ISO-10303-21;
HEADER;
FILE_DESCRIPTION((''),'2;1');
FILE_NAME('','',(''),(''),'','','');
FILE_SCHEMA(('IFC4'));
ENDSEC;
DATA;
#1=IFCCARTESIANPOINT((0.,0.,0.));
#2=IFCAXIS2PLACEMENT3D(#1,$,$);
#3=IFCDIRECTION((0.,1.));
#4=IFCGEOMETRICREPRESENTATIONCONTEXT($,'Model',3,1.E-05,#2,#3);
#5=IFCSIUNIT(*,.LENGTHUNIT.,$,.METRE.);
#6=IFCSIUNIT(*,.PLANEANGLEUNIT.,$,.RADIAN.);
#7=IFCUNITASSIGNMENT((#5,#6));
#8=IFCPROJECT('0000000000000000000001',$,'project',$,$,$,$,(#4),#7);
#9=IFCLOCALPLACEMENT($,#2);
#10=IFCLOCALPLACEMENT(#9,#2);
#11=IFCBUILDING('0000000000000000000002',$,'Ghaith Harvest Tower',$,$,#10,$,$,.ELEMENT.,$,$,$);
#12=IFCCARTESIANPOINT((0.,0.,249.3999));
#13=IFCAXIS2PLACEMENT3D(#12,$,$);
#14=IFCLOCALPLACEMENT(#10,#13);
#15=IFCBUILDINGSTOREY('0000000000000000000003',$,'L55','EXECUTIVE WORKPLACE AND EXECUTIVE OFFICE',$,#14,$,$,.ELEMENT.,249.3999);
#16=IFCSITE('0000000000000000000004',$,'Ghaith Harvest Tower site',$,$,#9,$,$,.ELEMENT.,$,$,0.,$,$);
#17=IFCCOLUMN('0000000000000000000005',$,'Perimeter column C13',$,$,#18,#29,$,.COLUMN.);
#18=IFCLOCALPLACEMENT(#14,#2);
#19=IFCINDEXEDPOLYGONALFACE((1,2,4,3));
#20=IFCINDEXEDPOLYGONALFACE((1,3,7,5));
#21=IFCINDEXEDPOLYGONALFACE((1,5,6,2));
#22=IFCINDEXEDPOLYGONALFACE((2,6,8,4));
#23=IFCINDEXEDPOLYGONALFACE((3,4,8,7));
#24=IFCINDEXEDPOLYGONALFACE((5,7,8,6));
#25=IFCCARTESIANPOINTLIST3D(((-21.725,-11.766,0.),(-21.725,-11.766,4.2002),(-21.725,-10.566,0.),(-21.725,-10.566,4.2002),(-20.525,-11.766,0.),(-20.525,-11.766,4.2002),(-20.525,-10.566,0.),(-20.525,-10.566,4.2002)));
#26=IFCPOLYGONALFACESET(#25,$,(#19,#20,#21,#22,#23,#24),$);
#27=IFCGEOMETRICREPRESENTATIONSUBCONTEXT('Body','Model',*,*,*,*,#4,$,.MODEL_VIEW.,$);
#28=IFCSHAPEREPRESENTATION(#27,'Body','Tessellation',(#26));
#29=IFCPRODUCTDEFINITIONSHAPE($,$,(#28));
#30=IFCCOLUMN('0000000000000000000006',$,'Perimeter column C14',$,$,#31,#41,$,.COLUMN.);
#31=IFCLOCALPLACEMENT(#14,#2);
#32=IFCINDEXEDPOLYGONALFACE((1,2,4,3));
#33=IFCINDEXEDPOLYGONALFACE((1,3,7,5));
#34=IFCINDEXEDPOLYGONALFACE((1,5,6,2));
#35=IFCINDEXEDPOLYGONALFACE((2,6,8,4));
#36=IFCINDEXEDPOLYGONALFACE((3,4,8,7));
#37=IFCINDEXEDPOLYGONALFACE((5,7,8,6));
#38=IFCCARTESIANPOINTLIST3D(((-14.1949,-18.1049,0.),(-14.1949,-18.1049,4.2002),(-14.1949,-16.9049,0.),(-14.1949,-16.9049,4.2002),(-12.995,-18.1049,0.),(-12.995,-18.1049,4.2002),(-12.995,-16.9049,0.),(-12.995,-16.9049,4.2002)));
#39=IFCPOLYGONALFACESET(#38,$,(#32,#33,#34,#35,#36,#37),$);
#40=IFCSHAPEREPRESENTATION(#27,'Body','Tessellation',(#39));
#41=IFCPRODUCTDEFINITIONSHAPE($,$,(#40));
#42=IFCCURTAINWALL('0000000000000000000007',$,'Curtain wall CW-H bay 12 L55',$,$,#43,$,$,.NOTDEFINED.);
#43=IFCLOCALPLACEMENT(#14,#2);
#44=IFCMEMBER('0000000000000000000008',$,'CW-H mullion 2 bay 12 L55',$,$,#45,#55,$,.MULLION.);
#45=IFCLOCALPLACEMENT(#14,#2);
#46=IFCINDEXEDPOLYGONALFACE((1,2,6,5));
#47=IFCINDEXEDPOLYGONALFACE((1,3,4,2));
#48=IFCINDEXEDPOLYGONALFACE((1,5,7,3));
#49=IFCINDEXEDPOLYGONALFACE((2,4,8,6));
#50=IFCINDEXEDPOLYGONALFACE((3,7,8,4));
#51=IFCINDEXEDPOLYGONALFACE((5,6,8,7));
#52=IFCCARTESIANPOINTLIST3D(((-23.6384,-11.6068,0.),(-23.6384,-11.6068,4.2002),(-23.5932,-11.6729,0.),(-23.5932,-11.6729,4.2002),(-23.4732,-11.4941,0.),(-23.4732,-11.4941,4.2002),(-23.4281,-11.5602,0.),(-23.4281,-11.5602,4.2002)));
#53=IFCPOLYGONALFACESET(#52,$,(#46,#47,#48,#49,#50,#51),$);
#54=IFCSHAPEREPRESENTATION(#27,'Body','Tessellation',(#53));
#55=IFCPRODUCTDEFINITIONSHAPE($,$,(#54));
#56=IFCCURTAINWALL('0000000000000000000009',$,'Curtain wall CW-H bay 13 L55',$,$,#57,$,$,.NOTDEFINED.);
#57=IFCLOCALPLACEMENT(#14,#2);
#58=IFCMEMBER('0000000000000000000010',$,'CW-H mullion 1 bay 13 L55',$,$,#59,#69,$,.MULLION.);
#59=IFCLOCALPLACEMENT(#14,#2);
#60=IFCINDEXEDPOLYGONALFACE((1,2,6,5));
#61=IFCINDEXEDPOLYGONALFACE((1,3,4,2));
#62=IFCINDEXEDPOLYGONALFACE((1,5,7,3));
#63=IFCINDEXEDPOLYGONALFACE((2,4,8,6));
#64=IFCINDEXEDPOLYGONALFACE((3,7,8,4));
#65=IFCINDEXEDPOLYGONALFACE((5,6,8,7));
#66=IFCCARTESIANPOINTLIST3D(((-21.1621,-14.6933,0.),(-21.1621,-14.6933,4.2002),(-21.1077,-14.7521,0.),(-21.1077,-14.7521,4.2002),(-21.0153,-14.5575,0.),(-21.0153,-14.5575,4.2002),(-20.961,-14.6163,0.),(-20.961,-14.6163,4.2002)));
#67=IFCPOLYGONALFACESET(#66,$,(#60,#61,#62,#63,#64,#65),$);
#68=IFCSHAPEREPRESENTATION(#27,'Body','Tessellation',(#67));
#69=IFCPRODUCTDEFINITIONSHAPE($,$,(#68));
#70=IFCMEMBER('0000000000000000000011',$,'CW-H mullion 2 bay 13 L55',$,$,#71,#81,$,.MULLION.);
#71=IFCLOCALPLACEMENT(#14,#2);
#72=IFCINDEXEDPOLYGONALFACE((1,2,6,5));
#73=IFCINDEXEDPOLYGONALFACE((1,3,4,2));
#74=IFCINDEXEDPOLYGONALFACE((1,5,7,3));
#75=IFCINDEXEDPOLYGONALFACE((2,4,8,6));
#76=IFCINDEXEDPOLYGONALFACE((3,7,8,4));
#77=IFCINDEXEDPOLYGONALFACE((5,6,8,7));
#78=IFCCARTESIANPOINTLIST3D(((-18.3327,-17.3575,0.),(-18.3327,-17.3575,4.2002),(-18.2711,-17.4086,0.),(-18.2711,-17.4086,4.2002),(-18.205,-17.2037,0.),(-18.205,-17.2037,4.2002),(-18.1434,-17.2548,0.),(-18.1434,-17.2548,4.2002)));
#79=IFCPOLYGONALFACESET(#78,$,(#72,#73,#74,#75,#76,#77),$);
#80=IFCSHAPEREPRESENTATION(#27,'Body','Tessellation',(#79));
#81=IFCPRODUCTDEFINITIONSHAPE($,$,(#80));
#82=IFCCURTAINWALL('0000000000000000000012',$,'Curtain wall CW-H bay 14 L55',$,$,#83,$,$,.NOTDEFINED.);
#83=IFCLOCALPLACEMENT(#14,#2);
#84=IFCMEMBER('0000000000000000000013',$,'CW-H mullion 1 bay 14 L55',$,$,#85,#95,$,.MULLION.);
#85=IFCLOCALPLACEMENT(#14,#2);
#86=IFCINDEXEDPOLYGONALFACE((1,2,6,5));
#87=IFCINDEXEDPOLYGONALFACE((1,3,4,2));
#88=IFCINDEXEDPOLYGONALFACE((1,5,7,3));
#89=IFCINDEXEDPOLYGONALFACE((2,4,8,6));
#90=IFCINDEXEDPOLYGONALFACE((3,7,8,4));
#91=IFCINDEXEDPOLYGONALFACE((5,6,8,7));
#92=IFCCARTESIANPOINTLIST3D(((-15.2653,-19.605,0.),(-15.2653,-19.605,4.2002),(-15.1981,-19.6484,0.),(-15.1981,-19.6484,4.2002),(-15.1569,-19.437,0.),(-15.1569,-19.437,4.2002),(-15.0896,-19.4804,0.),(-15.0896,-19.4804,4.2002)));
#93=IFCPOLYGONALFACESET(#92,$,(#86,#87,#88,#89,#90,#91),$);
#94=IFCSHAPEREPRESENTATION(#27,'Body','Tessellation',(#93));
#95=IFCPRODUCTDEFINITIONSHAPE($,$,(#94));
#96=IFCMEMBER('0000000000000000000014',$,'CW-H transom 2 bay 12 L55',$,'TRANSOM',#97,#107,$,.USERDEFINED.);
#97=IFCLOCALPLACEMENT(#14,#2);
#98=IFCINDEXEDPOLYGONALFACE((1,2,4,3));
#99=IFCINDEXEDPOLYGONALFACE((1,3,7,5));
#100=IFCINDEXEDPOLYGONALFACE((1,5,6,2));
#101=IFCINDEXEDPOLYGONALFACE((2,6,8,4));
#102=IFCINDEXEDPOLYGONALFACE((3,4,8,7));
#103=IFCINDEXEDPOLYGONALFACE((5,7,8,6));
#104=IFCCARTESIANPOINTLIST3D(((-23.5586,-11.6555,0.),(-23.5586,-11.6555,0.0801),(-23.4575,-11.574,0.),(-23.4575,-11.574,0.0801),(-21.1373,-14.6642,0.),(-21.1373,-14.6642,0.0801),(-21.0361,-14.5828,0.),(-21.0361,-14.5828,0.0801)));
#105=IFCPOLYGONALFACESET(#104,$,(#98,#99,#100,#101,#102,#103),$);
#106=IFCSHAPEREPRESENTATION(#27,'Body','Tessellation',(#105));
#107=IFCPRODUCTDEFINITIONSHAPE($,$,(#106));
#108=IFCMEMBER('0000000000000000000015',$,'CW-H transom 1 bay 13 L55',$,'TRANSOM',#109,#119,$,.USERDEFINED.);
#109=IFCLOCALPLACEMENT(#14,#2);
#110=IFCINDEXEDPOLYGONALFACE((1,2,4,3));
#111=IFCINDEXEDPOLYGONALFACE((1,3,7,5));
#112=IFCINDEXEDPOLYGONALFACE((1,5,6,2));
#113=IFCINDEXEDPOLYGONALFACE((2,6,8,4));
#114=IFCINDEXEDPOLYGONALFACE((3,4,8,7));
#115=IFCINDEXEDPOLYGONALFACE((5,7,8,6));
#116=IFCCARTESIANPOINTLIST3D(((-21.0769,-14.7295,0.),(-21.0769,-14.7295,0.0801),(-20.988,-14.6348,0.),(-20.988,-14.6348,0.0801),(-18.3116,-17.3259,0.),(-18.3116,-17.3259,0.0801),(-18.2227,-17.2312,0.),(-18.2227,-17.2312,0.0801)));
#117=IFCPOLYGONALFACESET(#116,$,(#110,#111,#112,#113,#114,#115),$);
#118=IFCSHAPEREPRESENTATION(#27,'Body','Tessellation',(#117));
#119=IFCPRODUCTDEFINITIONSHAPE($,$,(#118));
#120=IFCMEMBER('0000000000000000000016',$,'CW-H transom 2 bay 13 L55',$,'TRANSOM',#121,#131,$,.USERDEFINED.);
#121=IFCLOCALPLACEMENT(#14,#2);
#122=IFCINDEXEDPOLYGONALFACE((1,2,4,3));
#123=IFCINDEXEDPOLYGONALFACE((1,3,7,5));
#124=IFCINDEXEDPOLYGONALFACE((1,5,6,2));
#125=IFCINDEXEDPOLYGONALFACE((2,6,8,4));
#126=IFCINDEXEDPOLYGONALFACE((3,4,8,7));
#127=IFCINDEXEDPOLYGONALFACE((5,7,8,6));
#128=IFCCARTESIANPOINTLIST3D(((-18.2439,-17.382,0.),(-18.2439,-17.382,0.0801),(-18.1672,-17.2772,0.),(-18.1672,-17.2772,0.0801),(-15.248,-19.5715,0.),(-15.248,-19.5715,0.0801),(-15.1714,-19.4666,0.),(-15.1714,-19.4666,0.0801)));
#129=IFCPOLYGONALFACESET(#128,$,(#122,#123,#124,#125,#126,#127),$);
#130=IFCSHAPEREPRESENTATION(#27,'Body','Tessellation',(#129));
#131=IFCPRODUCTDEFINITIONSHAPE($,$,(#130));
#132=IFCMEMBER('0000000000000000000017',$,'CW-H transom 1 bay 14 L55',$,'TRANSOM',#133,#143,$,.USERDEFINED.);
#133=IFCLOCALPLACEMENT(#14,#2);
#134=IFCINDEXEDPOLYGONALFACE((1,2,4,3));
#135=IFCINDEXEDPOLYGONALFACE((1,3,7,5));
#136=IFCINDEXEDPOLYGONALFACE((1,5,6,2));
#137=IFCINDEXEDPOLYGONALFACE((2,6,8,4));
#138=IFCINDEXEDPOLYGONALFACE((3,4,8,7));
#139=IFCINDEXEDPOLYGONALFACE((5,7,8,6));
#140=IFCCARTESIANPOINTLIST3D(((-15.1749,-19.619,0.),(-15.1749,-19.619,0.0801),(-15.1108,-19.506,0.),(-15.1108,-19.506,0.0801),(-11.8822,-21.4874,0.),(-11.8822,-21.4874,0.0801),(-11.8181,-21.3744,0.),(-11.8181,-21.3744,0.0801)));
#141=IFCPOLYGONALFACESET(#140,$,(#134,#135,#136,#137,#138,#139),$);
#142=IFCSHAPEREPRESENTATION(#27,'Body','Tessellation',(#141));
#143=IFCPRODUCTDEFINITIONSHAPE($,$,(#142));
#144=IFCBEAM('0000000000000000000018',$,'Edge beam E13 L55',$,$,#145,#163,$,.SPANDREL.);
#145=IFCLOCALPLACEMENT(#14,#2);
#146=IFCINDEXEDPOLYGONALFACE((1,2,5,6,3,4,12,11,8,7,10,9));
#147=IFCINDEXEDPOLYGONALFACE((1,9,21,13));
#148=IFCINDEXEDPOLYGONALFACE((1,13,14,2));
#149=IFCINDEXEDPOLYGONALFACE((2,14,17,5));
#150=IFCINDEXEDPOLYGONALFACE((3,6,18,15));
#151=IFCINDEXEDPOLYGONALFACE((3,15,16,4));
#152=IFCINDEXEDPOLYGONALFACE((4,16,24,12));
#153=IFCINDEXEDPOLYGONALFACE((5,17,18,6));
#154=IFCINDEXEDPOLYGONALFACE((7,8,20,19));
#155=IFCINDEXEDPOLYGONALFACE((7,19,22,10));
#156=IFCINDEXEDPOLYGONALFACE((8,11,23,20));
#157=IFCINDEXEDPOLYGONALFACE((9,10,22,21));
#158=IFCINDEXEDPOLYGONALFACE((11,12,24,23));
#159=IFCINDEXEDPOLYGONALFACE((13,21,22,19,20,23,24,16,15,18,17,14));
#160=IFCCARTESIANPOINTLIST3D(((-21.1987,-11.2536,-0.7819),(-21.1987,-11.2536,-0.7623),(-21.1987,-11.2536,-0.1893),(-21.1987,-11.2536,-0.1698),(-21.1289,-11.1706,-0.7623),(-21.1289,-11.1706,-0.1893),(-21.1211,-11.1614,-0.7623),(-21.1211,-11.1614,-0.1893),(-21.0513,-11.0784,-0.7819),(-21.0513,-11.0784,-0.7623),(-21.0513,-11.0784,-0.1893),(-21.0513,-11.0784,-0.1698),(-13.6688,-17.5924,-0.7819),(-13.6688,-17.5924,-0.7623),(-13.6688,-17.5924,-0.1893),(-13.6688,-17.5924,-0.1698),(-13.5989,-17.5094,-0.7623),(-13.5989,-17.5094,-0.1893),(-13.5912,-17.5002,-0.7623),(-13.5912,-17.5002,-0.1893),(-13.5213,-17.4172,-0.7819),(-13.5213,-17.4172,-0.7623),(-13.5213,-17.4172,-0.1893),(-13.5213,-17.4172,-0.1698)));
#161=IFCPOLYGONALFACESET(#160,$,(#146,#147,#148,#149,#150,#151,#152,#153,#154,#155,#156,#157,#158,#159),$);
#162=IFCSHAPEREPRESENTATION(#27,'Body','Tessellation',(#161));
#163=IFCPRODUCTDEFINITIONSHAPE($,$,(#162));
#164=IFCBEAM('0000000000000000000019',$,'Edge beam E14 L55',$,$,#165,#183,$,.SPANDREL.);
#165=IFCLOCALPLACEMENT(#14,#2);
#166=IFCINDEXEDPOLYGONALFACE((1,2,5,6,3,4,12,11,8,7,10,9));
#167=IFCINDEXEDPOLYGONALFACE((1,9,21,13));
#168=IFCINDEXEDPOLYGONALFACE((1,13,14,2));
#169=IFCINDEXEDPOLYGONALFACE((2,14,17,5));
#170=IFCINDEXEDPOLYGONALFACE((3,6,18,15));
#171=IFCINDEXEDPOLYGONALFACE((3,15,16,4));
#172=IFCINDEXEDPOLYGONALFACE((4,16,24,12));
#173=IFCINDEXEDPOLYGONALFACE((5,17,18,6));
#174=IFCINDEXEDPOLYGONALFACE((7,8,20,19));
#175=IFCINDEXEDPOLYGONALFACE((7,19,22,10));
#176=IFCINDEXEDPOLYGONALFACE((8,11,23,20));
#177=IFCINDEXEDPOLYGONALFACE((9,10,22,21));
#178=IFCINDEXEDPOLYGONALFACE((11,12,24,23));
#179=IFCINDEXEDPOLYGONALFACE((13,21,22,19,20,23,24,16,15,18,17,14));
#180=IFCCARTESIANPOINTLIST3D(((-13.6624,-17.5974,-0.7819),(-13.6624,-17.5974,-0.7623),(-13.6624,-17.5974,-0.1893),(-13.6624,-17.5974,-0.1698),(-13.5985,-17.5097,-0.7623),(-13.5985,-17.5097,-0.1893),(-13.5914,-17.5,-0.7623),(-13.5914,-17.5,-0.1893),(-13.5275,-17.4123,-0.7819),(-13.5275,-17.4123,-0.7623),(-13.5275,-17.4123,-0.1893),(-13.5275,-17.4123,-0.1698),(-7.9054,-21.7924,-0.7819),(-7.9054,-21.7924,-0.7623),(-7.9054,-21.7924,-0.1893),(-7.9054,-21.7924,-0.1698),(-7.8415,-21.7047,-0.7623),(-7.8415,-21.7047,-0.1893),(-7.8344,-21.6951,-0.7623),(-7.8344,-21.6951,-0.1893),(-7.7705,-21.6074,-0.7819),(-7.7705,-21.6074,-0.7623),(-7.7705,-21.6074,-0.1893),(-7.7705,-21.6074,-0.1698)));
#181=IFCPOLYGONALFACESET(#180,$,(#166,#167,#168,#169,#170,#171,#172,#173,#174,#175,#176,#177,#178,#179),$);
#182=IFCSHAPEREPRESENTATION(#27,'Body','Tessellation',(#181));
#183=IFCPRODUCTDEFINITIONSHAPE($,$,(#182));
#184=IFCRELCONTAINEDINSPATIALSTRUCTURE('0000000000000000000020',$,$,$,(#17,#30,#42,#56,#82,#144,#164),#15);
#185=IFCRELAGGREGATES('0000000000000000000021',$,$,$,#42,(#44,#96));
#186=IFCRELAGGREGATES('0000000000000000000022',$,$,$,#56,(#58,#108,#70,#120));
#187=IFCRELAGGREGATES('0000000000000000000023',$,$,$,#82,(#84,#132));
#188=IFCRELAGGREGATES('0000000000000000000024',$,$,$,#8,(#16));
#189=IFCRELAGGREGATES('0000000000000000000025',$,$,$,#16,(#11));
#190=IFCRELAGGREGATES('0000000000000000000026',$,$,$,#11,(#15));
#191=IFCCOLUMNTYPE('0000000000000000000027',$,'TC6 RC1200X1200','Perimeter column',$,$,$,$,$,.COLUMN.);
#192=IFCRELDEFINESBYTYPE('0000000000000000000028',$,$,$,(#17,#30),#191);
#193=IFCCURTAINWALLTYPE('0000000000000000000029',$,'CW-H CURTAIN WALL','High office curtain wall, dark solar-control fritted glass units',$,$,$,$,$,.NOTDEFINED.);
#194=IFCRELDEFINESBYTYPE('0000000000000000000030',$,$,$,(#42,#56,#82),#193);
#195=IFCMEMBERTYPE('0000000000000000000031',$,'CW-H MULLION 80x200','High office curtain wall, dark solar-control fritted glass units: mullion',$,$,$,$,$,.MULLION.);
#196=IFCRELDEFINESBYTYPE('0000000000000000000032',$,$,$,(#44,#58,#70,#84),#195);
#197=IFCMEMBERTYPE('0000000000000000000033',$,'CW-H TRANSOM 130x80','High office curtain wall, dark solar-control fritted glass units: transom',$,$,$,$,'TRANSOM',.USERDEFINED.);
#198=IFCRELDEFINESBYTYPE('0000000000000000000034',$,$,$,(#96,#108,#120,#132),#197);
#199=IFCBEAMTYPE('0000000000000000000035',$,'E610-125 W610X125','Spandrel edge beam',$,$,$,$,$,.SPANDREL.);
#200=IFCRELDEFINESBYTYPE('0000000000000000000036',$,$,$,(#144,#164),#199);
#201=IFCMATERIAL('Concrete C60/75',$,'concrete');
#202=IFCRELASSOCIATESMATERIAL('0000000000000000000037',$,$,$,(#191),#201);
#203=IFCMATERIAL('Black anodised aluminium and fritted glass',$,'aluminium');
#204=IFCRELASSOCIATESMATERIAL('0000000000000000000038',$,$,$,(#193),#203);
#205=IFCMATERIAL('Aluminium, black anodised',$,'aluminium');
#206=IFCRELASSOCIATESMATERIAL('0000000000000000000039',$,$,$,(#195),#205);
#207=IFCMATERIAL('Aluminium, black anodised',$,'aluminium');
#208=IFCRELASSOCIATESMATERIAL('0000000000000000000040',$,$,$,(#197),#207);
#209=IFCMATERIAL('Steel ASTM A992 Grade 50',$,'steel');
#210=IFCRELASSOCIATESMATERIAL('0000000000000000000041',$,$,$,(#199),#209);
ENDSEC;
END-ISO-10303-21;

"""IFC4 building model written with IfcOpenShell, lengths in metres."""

from ifc_helpers import new_model, si_unit, direction, frame, origin, origin_2d, place, context, subcontext, project, spatial, rectangle, i_section, extrude, material, material_profile, profile_set, type_object, element, aggregate, save


model = new_model("IFC4")

# Units and contexts
model_context = context("Model", 3, precision=1e-05, world=origin(), true_north=direction((0.0, 1.0)))
body_context = subcontext(model_context, "Body", "Model", "MODEL_VIEW")
ifc_project = project(units=[si_unit("LENGTHUNIT", "METRE"), si_unit("PLANEANGLEUNIT", "RADIAN")], contexts=[model_context])

# Site, building, storey
site_placement = place(None, origin())
site = spatial("IfcSite", under=ifc_project, at=site_placement, Name="Ghaith Harvest Tower site", CompositionType="ELEMENT", RefElevation=0.0)
building_placement = place(site_placement, origin())
building = spatial("IfcBuilding", under=site, at=building_placement, Name="Ghaith Harvest Tower", CompositionType="ELEMENT")
storey_placement = place(building_placement, frame((0.0, 0.0, 249.3999)))
storey = spatial("IfcBuildingStorey", under=building, at=storey_placement, Name="L55", Description="EXECUTIVE WORKPLACE AND EXECUTIVE OFFICE", CompositionType="ELEMENT", Elevation=249.3999)

# Columns
ifc_material_1 = material(Name="Concrete C60/75", Category="concrete")
ifc_material_profile_1 = material_profile(ifc_material_1, rectangle(XDim=1.2, YDim=1.2, at=origin_2d()), Name="RC1200X1200")
ifc_profile_set_1 = profile_set([ifc_material_profile_1], Name="Concrete C60/75")
column_type = type_object("IfcColumnType", Name="TC6 RC1200X1200", Description="Perimeter column", PredefinedType="COLUMN", material=ifc_profile_set_1)
for number, where, z_axis, x_axis, name in (
    (1, (-21.125, -11.166, 0.0), (0.0, 0.0, 1.0), (1.0, 0.0, 0.0), "Perimeter column C13"),
    (2, (-13.595, -17.5049, 0.0), (0.0, 0.0, 1.0), (1.0, 0.0, 0.0), "Perimeter column C14"),
):
    element("IfcColumn", number, at=place(storey_placement, frame(where, z_axis=z_axis, x_axis=x_axis)), inside=storey, type_object=column_type, Name=name, PredefinedType="COLUMN", context=body_context, shape_type="SweptSolid", body=[
        extrude(rectangle(XDim=1.2, YDim=1.2, at=origin_2d()), origin(), (0.0, 0.0, 1.0), 4.2002),
    ])

# Curtain wall, member
ifc_material_2 = material(Name="Black anodised aluminium and fritted glass", Category="aluminium")
curtain_wall_type = type_object("IfcCurtainWallType", Name="CW-H CURTAIN WALL", Description="High office curtain wall, dark solar-control fritted glass units", PredefinedType="NOTDEFINED", material=ifc_material_2)
curtain_wall_1_placement = place(storey_placement, origin())
curtain_wall_1 = element("IfcCurtainWall", 3, at=curtain_wall_1_placement, inside=storey, type_object=curtain_wall_type, Name="Curtain wall CW-H bay 12 L55", PredefinedType="NOTDEFINED")
ifc_material_3 = material(Name="Aluminium, black anodised", Category="aluminium")
ifc_material_profile_2 = material_profile(ifc_material_3, rectangle(XDim=0.0801, YDim=0.2, at=origin_2d()), Name="CW-H MULLION 80x200")
ifc_profile_set_2 = profile_set([ifc_material_profile_2], Name="Aluminium, black anodised")
member_type_1 = type_object("IfcMemberType", Name="CW-H MULLION 80x200", Description="High office curtain wall, dark solar-control fritted glass units: mullion", PredefinedType="MULLION", material=ifc_profile_set_2)
member_1_placement = place(storey_placement, frame((-23.5332, -11.5835, 0.0), z_axis=(0.0, 0.0, 1.0), x_axis=(0.563617, -0.826037, 0.0)))
member_1 = element("IfcMember", 4, at=member_1_placement, type_object=member_type_1, Name="CW-H mullion 2 bay 12 L55", PredefinedType="MULLION", context=body_context, shape_type="SweptSolid", body=[
    extrude(rectangle(XDim=0.0801, YDim=0.2, at=origin_2d()), origin(), (0.0, 0.0, 1.0), 4.2002),
])

# Curtain wall, members
curtain_wall_2_placement = place(storey_placement, origin())
curtain_wall_2 = element("IfcCurtainWall", 5, at=curtain_wall_2_placement, inside=storey, type_object=curtain_wall_type, Name="Curtain wall CW-H bay 13 L55", PredefinedType="NOTDEFINED")
member_2_placement = place(storey_placement, frame((-21.0615, -14.6548, 0.0), z_axis=(0.0, 0.0, 1.0), x_axis=(0.679182, -0.73397, 0.0)))
member_2 = element("IfcMember", 6, at=member_2_placement, type_object=member_type_1, Name="CW-H mullion 1 bay 13 L55", PredefinedType="MULLION", context=body_context, shape_type="SweptSolid", body=[
    extrude(rectangle(XDim=0.0801, YDim=0.2, at=origin_2d()), origin(), (0.0, 0.0, 1.0), 4.2002),
])
member_3_placement = place(storey_placement, frame((-18.238, -17.3062, 0.0), z_axis=(0.0, 0.0, 1.0), x_axis=(0.769217, -0.638988, 0.0)))
member_3 = element("IfcMember", 7, at=member_3_placement, type_object=member_type_1, Name="CW-H mullion 2 bay 13 L55", PredefinedType="MULLION", context=body_context, shape_type="SweptSolid", body=[
    extrude(rectangle(XDim=0.0801, YDim=0.2, at=origin_2d()), origin(), (0.0, 0.0, 1.0), 4.2002),
])

# Curtain wall, member
curtain_wall_3_placement = place(storey_placement, origin())
curtain_wall_3 = element("IfcCurtainWall", 8, at=curtain_wall_3_placement, inside=storey, type_object=curtain_wall_type, Name="Curtain wall CW-H bay 14 L55", PredefinedType="NOTDEFINED")
member_4_placement = place(storey_placement, frame((-15.1775, -19.5427, 0.0), z_axis=(0.0, 0.0, 1.0), x_axis=(0.840234, -0.542225, 0.0)))
member_4 = element("IfcMember", 9, at=member_4_placement, type_object=member_type_1, Name="CW-H mullion 1 bay 14 L55", PredefinedType="MULLION", context=body_context, shape_type="SweptSolid", body=[
    extrude(rectangle(XDim=0.0801, YDim=0.2, at=origin_2d()), origin(), (0.0, 0.0, 1.0), 4.2002),
])

# Members
ifc_material_4 = material(Name="Aluminium, black anodised", Category="aluminium")
ifc_material_profile_3 = material_profile(ifc_material_4, rectangle(XDim=0.1299, YDim=0.0801, at=origin_2d()), Name="CW-H TRANSOM 130x80")
ifc_profile_set_3 = profile_set([ifc_material_profile_3], Name="Aluminium, black anodised")
member_type_2 = type_object("IfcMemberType", Name="CW-H TRANSOM 130x80", Description="High office curtain wall, dark solar-control fritted glass units: transom", ElementType="TRANSOM", PredefinedType="USERDEFINED", material=ifc_profile_set_3)
member_5_placement = place(storey_placement, frame((-23.5081, -11.6147, 0.04), z_axis=(0.626959, -0.779052, 0.0), x_axis=(0.779052, 0.626959, 0.0)))
member_5 = element("IfcMember", 10, at=member_5_placement, type_object=member_type_2, Name="CW-H transom 2 bay 12 L55", ObjectType="TRANSOM", PredefinedType="USERDEFINED", context=body_context, shape_type="SweptSolid", body=[
    extrude(rectangle(XDim=0.1299, YDim=0.0801, at=origin_2d()), origin(), (0.0, 0.0, 1.0), 3.8621),
])
member_6_placement = place(storey_placement, frame((-21.0325, -14.6821, 0.04), z_axis=(0.729025, -0.684487, 0.0), x_axis=(0.684487, 0.729025, 0.0)))
member_6 = element("IfcMember", 11, at=member_6_placement, type_object=member_type_2, Name="CW-H transom 1 bay 13 L55", ObjectType="TRANSOM", PredefinedType="USERDEFINED", context=body_context, shape_type="SweptSolid", body=[
    extrude(rectangle(XDim=0.1299, YDim=0.0801, at=origin_2d()), origin(), (0.0, 0.0, 1.0), 3.7932),
])
member_7_placement = place(storey_placement, frame((-18.2056, -17.3296, 0.04), z_axis=(0.807368, -0.590048, 0.0), x_axis=(0.590048, 0.807368, 0.0)))
member_7 = element("IfcMember", 12, at=member_7_placement, type_object=member_type_2, Name="CW-H transom 2 bay 13 L55", ObjectType="TRANSOM", PredefinedType="USERDEFINED", context=body_context, shape_type="SweptSolid", body=[
    extrude(rectangle(XDim=0.1299, YDim=0.0801, at=origin_2d()), origin(), (0.0, 0.0, 1.0), 3.7107),
])
member_8_placement = place(storey_placement, frame((-15.1428, -19.5625, 0.04), z_axis=(0.869735, -0.493519, 0.0), x_axis=(0.493519, 0.869735, 0.0)))
member_8 = element("IfcMember", 13, at=member_8_placement, type_object=member_type_2, Name="CW-H transom 1 bay 14 L55", ObjectType="TRANSOM", PredefinedType="USERDEFINED", context=body_context, shape_type="SweptSolid", body=[
    extrude(rectangle(XDim=0.1299, YDim=0.0801, at=origin_2d()), origin(), (0.0, 0.0, 1.0), 3.7859),
])

# Beams
ifc_material_5 = material(Name="Steel ASTM A992 Grade 50", Category="steel")
ifc_material_profile_4 = material_profile(ifc_material_5, i_section(OverallWidth=0.229, OverallDepth=0.6121, WebThickness=0.012, FlangeThickness=0.0195, at=origin_2d()), Name="W610X125")
ifc_profile_set_4 = profile_set([ifc_material_profile_4], Name="Steel ASTM A992 Grade 50")
beam_type = type_object("IfcBeamType", Name="E610-125 W610X125", Description="Spandrel edge beam", PredefinedType="SPANDREL", material=ifc_profile_set_4)
beam_1_placement = place(storey_placement, frame((-21.125, -11.166, -0.4758), z_axis=(0.765022, -0.644004, 0.0), x_axis=(0.644004, 0.765022, 0.0)))
element("IfcBeam", 14, at=beam_1_placement, inside=storey, type_object=beam_type, Name="Edge beam E13 L55", PredefinedType="SPANDREL", context=body_context, shape_type="SweptSolid", body=[
    extrude(i_section(OverallWidth=0.229, OverallDepth=0.6121, WebThickness=0.012, FlangeThickness=0.0195, at=origin_2d()), origin(), (0.0, 0.0, 1.0), 9.8428),
])
beam_2_placement = place(storey_placement, frame((-13.595, -17.5049, -0.4758), z_axis=(0.808195, -0.588915, 0.0), x_axis=(0.588915, 0.808195, 0.0)))
element("IfcBeam", 15, at=beam_2_placement, inside=storey, type_object=beam_type, Name="Edge beam E14 L55", PredefinedType="SPANDREL", context=body_context, shape_type="SweptSolid", body=[
    extrude(i_section(OverallWidth=0.229, OverallDepth=0.6121, WebThickness=0.012, FlangeThickness=0.0195, at=origin_2d()), origin(), (0.0, 0.0, 1.0), 7.1233),
])

aggregate(curtain_wall_1, [member_1, member_5])
aggregate(curtain_wall_2, [member_2, member_6, member_3, member_7])
aggregate(curtain_wall_3, [member_4, member_8])

save(model, "model.ifc")
